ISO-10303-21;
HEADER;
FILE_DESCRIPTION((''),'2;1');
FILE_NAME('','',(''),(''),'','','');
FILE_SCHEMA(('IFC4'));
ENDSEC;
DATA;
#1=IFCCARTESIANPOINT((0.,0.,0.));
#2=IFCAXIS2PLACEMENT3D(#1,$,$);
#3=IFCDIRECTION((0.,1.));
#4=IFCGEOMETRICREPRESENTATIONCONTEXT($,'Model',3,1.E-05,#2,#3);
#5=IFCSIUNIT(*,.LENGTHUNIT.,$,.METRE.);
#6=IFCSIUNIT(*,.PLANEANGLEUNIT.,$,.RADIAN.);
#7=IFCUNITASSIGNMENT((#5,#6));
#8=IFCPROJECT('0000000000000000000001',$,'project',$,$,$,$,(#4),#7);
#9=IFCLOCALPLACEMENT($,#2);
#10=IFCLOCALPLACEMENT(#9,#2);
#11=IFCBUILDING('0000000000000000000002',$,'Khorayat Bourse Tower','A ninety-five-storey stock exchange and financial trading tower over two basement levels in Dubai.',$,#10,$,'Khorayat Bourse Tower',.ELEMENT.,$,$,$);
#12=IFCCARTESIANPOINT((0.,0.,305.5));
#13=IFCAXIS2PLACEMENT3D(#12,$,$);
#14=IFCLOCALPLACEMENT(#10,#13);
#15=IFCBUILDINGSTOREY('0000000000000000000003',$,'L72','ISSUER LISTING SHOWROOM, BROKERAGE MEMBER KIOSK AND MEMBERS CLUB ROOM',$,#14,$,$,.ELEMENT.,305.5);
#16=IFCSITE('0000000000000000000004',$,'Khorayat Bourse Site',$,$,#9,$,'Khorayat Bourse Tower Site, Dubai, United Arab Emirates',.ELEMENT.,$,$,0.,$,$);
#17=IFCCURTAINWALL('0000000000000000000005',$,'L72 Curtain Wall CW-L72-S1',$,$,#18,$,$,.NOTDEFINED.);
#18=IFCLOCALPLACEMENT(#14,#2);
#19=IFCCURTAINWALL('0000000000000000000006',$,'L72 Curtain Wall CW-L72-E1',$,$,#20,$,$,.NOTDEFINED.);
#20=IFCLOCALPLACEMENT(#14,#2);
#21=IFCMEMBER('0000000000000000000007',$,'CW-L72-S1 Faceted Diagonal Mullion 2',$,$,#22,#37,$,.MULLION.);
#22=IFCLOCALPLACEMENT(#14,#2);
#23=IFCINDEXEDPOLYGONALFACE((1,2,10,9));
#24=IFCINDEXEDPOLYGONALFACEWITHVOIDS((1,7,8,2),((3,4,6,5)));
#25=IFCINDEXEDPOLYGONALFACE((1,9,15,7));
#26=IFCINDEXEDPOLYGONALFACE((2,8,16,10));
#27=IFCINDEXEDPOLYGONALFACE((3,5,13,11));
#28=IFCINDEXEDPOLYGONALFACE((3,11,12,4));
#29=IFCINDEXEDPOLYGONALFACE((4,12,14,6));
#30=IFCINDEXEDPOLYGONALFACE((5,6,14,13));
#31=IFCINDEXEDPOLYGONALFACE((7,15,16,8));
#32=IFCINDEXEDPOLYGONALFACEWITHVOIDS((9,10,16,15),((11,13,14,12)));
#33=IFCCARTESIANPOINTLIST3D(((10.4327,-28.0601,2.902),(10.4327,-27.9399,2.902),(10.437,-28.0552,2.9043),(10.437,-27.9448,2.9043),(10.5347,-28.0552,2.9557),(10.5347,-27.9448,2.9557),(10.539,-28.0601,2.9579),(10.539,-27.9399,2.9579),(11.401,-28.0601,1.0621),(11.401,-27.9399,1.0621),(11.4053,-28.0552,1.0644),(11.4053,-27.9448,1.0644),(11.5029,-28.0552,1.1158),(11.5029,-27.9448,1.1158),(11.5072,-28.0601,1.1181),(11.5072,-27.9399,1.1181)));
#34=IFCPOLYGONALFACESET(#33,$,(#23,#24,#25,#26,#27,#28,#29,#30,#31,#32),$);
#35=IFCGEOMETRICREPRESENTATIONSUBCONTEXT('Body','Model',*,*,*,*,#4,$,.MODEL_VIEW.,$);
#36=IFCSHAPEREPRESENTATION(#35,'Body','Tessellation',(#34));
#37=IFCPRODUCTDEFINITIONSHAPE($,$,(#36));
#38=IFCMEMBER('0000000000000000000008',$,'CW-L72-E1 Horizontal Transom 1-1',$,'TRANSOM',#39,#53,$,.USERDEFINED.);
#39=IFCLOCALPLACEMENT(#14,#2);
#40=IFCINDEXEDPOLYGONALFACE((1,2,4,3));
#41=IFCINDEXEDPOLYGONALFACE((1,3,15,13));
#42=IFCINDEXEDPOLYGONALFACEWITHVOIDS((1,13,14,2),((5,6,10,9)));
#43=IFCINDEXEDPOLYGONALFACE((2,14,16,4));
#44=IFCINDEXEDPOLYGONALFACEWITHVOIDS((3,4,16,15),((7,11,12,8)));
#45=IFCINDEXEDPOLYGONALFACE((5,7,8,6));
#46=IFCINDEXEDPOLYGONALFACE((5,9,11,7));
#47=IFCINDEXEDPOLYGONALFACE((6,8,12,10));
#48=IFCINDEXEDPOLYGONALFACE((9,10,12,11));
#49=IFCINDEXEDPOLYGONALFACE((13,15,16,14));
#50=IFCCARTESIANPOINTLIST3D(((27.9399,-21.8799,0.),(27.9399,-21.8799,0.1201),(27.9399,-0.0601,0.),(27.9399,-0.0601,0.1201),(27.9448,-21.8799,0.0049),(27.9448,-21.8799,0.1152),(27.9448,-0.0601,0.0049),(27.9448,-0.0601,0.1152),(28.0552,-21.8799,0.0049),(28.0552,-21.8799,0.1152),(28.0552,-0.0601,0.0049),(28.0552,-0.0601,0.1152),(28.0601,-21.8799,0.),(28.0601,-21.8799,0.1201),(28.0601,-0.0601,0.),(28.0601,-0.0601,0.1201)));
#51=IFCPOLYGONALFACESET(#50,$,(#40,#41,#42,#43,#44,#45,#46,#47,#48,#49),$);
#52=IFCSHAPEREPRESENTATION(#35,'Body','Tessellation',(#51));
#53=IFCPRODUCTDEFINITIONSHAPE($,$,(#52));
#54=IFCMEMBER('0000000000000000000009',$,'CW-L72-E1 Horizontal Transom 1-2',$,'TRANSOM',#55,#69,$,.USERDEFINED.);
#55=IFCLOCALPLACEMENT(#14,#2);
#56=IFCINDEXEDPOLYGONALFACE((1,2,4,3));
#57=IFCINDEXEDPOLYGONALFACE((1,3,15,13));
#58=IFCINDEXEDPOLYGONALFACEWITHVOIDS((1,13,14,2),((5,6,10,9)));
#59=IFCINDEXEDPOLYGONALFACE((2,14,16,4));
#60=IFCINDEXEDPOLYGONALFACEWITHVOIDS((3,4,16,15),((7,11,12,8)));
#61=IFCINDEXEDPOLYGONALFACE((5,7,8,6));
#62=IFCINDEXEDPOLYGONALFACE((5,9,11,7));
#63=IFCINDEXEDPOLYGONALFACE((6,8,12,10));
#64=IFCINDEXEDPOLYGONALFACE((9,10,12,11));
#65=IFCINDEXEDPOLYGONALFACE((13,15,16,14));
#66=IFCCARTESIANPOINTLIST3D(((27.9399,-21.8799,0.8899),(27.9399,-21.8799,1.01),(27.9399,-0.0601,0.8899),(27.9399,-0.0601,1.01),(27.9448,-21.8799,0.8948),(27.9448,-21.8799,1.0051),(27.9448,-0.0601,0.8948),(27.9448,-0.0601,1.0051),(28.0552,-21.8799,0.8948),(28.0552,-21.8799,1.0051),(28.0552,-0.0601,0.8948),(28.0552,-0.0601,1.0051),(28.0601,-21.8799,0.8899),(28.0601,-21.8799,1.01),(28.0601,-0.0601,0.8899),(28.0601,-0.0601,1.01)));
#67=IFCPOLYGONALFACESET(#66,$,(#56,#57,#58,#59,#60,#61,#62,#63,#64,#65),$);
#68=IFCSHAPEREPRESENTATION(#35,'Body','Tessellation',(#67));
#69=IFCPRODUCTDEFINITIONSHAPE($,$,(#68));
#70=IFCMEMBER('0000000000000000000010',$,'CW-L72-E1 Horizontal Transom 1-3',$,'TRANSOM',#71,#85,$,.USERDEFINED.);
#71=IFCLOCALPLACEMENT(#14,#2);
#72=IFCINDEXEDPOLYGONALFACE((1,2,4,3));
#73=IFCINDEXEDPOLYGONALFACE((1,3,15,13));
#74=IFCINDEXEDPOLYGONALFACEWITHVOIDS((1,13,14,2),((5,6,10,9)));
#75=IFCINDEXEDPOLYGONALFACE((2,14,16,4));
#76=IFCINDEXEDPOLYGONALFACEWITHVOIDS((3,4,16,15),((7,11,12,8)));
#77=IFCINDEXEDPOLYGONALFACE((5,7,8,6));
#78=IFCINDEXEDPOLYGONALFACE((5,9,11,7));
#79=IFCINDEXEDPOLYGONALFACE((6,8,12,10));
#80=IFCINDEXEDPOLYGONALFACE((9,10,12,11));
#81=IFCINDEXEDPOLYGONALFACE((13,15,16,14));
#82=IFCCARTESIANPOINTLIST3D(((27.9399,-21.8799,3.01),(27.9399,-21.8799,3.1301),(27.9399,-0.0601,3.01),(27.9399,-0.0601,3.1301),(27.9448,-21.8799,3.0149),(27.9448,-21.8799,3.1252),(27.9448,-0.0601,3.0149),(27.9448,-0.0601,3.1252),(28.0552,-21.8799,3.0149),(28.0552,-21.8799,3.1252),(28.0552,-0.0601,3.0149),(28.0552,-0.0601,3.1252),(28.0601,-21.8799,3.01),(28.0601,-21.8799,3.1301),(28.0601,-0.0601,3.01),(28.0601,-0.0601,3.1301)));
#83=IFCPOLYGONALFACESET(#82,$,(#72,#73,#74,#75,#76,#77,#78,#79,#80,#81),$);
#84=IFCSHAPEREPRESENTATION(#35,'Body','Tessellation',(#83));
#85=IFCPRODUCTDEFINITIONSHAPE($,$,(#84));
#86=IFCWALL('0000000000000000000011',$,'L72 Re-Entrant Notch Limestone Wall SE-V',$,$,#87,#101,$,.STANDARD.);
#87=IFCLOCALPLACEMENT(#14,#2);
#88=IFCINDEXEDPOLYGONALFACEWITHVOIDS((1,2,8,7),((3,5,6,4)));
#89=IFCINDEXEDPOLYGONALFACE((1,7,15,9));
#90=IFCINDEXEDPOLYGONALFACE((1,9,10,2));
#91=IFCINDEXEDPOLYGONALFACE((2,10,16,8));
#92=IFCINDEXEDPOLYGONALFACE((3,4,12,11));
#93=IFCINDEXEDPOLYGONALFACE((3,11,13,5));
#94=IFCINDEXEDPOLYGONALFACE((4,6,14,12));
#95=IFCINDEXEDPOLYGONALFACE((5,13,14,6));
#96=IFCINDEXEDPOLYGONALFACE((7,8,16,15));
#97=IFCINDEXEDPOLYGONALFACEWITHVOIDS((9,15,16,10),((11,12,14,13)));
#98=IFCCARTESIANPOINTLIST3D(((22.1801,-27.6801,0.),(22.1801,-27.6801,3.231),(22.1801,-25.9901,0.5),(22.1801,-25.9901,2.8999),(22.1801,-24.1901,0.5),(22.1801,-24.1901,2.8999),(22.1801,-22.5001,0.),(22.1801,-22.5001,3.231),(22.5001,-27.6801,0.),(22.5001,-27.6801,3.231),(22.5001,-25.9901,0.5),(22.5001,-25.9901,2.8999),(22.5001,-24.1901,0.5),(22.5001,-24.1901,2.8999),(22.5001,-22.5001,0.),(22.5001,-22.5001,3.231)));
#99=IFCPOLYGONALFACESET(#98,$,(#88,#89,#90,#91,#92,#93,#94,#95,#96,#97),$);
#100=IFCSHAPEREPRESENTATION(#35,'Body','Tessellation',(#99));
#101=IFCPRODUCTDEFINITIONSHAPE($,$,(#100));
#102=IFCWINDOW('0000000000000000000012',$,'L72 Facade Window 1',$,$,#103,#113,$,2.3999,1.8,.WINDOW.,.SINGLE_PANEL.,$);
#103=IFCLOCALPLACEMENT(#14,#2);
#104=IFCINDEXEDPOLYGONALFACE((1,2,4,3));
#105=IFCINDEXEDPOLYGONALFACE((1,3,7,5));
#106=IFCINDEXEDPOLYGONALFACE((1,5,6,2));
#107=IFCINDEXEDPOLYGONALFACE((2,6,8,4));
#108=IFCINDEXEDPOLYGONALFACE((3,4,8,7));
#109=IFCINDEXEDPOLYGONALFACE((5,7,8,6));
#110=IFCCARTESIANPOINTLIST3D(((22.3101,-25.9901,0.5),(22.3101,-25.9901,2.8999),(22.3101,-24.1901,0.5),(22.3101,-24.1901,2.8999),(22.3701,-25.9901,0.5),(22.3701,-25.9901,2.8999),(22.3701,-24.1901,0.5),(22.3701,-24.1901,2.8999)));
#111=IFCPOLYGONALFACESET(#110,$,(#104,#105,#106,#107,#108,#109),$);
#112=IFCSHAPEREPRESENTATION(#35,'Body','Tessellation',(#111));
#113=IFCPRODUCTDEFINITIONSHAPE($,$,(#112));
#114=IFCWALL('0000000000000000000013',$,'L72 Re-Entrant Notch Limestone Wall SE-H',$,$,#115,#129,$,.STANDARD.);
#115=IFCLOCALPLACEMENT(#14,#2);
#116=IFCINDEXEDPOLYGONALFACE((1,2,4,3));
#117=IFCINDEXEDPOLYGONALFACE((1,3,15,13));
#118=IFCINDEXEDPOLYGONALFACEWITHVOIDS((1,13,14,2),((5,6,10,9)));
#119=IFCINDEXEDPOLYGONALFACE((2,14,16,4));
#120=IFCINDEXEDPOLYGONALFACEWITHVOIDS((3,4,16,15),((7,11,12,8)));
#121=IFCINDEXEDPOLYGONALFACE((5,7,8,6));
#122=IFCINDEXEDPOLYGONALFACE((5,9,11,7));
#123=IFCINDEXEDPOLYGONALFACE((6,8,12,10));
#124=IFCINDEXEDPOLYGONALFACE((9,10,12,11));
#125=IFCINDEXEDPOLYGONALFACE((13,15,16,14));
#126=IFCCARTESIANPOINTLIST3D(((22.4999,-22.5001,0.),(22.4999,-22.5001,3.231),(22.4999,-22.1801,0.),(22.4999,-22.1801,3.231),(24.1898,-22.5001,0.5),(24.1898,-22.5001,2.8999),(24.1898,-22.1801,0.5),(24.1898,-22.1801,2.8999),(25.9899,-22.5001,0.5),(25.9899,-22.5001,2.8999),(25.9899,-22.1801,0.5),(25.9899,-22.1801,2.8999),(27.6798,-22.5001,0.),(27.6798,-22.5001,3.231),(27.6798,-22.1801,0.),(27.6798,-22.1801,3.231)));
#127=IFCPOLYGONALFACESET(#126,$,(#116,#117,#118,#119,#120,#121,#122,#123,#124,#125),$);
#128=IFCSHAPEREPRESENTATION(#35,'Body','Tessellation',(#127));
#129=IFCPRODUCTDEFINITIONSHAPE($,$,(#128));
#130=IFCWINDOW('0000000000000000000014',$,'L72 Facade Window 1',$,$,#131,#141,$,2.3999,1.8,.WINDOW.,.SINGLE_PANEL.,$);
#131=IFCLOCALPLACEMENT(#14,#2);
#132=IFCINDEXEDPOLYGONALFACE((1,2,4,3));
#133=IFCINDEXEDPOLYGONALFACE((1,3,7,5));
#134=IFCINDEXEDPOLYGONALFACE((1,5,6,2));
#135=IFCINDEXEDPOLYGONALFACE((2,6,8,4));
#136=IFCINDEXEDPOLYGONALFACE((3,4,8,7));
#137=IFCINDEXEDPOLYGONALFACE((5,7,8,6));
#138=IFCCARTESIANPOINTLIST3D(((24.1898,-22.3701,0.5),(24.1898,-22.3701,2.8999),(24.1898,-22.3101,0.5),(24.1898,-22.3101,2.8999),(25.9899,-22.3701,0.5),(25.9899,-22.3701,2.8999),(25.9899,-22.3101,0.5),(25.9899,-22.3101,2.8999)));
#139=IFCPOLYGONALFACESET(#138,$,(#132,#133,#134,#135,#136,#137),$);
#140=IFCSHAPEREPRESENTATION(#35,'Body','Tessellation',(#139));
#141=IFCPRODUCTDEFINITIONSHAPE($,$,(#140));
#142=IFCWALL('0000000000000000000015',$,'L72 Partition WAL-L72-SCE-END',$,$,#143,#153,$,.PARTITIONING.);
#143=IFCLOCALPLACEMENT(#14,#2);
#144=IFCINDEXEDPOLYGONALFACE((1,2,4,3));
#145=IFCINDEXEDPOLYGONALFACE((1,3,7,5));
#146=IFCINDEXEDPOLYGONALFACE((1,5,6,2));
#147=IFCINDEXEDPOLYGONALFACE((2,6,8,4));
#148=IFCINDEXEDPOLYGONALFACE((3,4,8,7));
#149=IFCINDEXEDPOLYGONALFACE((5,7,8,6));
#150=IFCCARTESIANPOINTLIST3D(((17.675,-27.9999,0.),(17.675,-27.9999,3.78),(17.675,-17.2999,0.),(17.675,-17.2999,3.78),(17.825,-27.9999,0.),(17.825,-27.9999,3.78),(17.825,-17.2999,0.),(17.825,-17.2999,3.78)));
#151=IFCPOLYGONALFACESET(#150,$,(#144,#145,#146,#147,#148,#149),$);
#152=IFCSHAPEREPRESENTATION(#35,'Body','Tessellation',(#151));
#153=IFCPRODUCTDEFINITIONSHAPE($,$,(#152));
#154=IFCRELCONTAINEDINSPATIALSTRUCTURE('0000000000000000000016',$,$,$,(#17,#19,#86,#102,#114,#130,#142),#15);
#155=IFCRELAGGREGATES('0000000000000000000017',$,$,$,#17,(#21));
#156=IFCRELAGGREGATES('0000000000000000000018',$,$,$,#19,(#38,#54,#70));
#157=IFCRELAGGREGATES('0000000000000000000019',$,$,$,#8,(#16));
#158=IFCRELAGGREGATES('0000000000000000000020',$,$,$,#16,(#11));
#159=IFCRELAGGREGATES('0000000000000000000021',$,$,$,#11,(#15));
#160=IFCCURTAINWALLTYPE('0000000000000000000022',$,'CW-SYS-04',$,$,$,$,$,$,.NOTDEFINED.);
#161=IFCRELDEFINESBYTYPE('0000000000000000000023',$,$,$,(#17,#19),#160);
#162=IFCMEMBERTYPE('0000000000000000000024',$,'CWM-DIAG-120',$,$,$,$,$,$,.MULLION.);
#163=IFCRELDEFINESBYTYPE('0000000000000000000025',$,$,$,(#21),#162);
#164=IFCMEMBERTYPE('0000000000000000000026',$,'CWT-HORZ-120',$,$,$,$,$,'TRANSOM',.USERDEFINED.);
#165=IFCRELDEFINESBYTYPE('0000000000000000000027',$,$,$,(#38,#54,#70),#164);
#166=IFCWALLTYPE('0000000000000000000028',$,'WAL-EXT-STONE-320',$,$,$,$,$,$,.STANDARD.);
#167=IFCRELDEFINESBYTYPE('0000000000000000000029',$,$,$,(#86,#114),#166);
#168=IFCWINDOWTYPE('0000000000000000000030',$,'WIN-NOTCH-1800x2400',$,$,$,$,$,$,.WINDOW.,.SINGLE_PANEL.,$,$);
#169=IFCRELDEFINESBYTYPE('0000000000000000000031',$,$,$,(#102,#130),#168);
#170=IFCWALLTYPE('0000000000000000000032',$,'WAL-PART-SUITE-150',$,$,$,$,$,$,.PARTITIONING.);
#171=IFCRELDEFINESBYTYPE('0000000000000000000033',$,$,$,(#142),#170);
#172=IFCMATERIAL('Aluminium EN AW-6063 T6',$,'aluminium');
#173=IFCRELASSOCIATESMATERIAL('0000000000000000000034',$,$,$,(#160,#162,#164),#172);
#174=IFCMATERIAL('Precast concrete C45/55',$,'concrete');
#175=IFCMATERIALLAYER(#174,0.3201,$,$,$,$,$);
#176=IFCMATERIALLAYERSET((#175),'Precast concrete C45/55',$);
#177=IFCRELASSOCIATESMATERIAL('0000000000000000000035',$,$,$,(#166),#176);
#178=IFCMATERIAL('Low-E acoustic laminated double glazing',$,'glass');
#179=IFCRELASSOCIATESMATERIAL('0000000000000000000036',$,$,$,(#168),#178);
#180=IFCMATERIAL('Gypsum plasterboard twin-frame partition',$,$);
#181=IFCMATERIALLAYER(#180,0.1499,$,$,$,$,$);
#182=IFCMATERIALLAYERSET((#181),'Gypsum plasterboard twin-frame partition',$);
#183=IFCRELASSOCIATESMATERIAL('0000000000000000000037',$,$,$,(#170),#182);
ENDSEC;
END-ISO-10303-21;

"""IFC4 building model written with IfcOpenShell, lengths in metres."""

from ifc_helpers import new_model, si_unit, direction, frame, frame_2d, origin, origin_2d, place, context, subcontext, project, spatial, rectangle, hollow_rectangle, extrude, source, transform, mapped, material, layer, layer_set, material_profile, profile_set, type_object, element, fill, aggregate, save


model = new_model("IFC4")

# Units and contexts
model_context = context("Model", 3, precision=1e-05, world=origin(), true_north=direction((0.0, 1.0)))
body_context = subcontext(model_context, "Body", "Model", "MODEL_VIEW")
ifc_project = project(units=[si_unit("LENGTHUNIT", "METRE"), si_unit("PLANEANGLEUNIT", "RADIAN")], contexts=[model_context])

# Site, building, storey
site_placement = place(None, origin())
site = spatial("IfcSite", under=ifc_project, at=site_placement, Name="Khorayat Bourse Site", LongName="Khorayat Bourse Tower Site, Dubai, United Arab Emirates", CompositionType="ELEMENT", RefElevation=0.0)
building_placement = place(site_placement, origin())
building = spatial("IfcBuilding", under=site, at=building_placement, Name="Khorayat Bourse Tower", Description="A ninety-five-storey stock exchange and financial trading tower over two basement levels in Dubai.", LongName="Khorayat Bourse Tower", CompositionType="ELEMENT")
storey_placement = place(building_placement, frame((0.0, 0.0, 305.5)))
storey = spatial("IfcBuildingStorey", under=building, at=storey_placement, Name="L72", Description="ISSUER LISTING SHOWROOM, BROKERAGE MEMBER KIOSK AND MEMBERS CLUB ROOM", CompositionType="ELEMENT", Elevation=305.5)

# Curtain walls
ifc_material_1 = material(Name="Aluminium EN AW-6063 T6", Category="aluminium")
curtain_wall_type = type_object("IfcCurtainWallType", Name="CW-SYS-04", PredefinedType="NOTDEFINED", material=ifc_material_1)
curtain_wall_1_placement = place(storey_placement, origin())
curtain_wall_1 = element("IfcCurtainWall", 1, at=curtain_wall_1_placement, inside=storey, type_object=curtain_wall_type, Name="L72 Curtain Wall CW-L72-S1", PredefinedType="NOTDEFINED")
curtain_wall_2_placement = place(storey_placement, origin())
curtain_wall_2 = element("IfcCurtainWall", 2, at=curtain_wall_2_placement, inside=storey, type_object=curtain_wall_type, Name="L72 Curtain Wall CW-L72-E1", PredefinedType="NOTDEFINED")

# Members
ifc_material_profile_1 = material_profile(ifc_material_1, hollow_rectangle(XDim=0.1201, YDim=0.1201, WallThickness=0.0049, at=origin_2d()), Name="ALU 120x120x5")
ifc_profile_set_1 = profile_set([ifc_material_profile_1], Name="Aluminium EN AW-6063 T6")
member_type_1 = type_object("IfcMemberType", Name="CWM-DIAG-120", PredefinedType="MULLION", material=ifc_profile_set_1)
shared_shape_1 = source(origin(), body_context, "Body", "SweptSolid", [
    extrude(hollow_rectangle(XDim=0.1201, YDim=0.1201, WallThickness=0.0049, at=origin_2d()), origin(), (0.0, 0.0, 1.0), 2.0791),
])
member_1_placement = place(storey_placement, frame((11.4541, -28.0, 1.0901), z_axis=(-0.465717, 0.0, 0.884934), x_axis=(0.0, -1.0, 0.0)))
member_1 = element("IfcMember", 3, at=member_1_placement, type_object=member_type_1, Name="CW-L72-S1 Faceted Diagonal Mullion 2", PredefinedType="MULLION", context=body_context, shape_type="MappedRepresentation", body=[
    mapped(shared_shape_1, transform((0.0, 0.0, 0.0), scale=1.0)),
])
aggregate(curtain_wall_1, [member_1])
ifc_material_profile_2 = material_profile(ifc_material_1, hollow_rectangle(XDim=0.1201, YDim=0.1201, WallThickness=0.0049, at=origin_2d()), Name="ALU 120x120x5")
ifc_profile_set_2 = profile_set([ifc_material_profile_2], Name="Aluminium EN AW-6063 T6")
member_type_2 = type_object("IfcMemberType", Name="CWT-HORZ-120", ElementType="TRANSOM", PredefinedType="USERDEFINED", material=ifc_profile_set_2)
shared_shape_2 = source(origin(), body_context, "Body", "SweptSolid", [
    extrude(hollow_rectangle(XDim=0.1201, YDim=0.1201, WallThickness=0.0049, at=origin_2d()), origin(), (0.0, 0.0, 1.0), 21.8198),
])
member_2_placement = place(storey_placement, frame((28.0, -21.8799, 0.0601), z_axis=(0.0, 1.0, 0.0), x_axis=(-1.0, 0.0, 0.0)))
member_2 = element("IfcMember", 4, at=member_2_placement, type_object=member_type_2, Name="CW-L72-E1 Horizontal Transom 1-1", ObjectType="TRANSOM", PredefinedType="USERDEFINED", context=body_context, shape_type="MappedRepresentation", body=[
    mapped(shared_shape_2, transform((0.0, 0.0, 0.0), scale=1.0)),
])
member_3_placement = place(storey_placement, frame((28.0, -21.8799, 0.95), z_axis=(0.0, 1.0, 0.0), x_axis=(-1.0, 0.0, 0.0)))
member_3 = element("IfcMember", 5, at=member_3_placement, type_object=member_type_2, Name="CW-L72-E1 Horizontal Transom 1-2", ObjectType="TRANSOM", PredefinedType="USERDEFINED", context=body_context, shape_type="MappedRepresentation", body=[
    mapped(shared_shape_2, transform((0.0, 0.0, 0.0), scale=1.0)),
])
member_4_placement = place(storey_placement, frame((28.0, -21.8799, 3.0701), z_axis=(0.0, 1.0, 0.0), x_axis=(-1.0, 0.0, 0.0)))
member_4 = element("IfcMember", 6, at=member_4_placement, type_object=member_type_2, Name="CW-L72-E1 Horizontal Transom 1-3", ObjectType="TRANSOM", PredefinedType="USERDEFINED", context=body_context, shape_type="MappedRepresentation", body=[
    mapped(shared_shape_2, transform((0.0, 0.0, 0.0), scale=1.0)),
])
aggregate(curtain_wall_2, [member_2, member_3, member_4])

# Walls, openings, windows
ifc_material_2 = material(Name="Precast concrete C45/55", Category="concrete")
ifc_layer_1 = layer(ifc_material_2, 0.3201)
ifc_layer_set_1 = layer_set([ifc_layer_1], Name="Precast concrete C45/55")
wall_type_1 = type_object("IfcWallType", Name="WAL-EXT-STONE-320", PredefinedType="STANDARD", material=ifc_layer_set_1)
shared_shape_3 = source(origin(), body_context, "Body", "SweptSolid", [
    extrude(rectangle(XDim=5.1799, YDim=0.3201, at=frame_2d((2.5898, 0.0))), origin(), (0.0, 0.0, 1.0), 3.231),
])
wall_1_placement = place(storey_placement, frame((22.3401, -27.6799, 0.0), z_axis=(0.0, 0.0, 1.0), x_axis=(0.0, 1.0, 0.0)))
wall_1 = element("IfcWall", 7, at=wall_1_placement, inside=storey, type_object=wall_type_1, Name="L72 Re-Entrant Notch Limestone Wall SE-V", PredefinedType="STANDARD", context=body_context, shape_type="MappedRepresentation", body=[
    mapped(shared_shape_3, transform((0.0, 0.0, 0.0), scale=1.0)),
])
shared_shape_4 = source(origin(), body_context, "Body", "SweptSolid", [
    extrude(rectangle(XDim=1.8, YDim=2.3999, at=frame_2d((0.8999, 1.2))), frame((0.0, 0.1699, 0.0), z_axis=(0.0, -1.0, 0.0), x_axis=(1.0, 0.0, 0.0)), (0.0, 0.0, 1.0), 0.3401),
])
opening_1_placement = place(wall_1_placement, frame((1.6899, 0.0, 0.5)))
opening_1 = element("IfcOpeningElement", 8, at=opening_1_placement, cuts=wall_1, PredefinedType="OPENING", context=body_context, shape_type="MappedRepresentation", body=[
    mapped(shared_shape_4, transform((0.0, 0.0, 0.0), scale=1.0)),
])
ifc_material_3 = material(Name="Low-E acoustic laminated double glazing", Category="glass")
window_type = type_object("IfcWindowType", Name="WIN-NOTCH-1800x2400", PartitioningType="SINGLE_PANEL", PredefinedType="WINDOW", material=ifc_material_3)
shared_shape_5 = source(origin(), body_context, "Body", "SweptSolid", [
    extrude(rectangle(XDim=1.8, YDim=2.3999, at=frame_2d((0.8999, 1.2))), frame((0.0, 0.03, 0.0), z_axis=(0.0, -1.0, 0.0), x_axis=(1.0, 0.0, 0.0)), (0.0, 0.0, 1.0), 0.0601),
])
window_1_placement = place(opening_1_placement, origin())
window_1 = element("IfcWindow", 9, at=window_1_placement, inside=storey, type_object=window_type, Name="L72 Facade Window 1", OverallHeight=2.3999, OverallWidth=1.8, PartitioningType="SINGLE_PANEL", PredefinedType="WINDOW", context=body_context, shape_type="MappedRepresentation", body=[
    mapped(shared_shape_5, transform((0.0, 0.0, 0.0), scale=1.0)),
])
fill(opening_1, window_1)
wall_2_placement = place(storey_placement, frame((22.5, -22.3401, 0.0), z_axis=(0.0, 0.0, 1.0), x_axis=(1.0, 0.0, 0.0)))
wall_2 = element("IfcWall", 10, at=wall_2_placement, inside=storey, type_object=wall_type_1, Name="L72 Re-Entrant Notch Limestone Wall SE-H", PredefinedType="STANDARD", context=body_context, shape_type="MappedRepresentation", body=[
    mapped(shared_shape_3, transform((0.0, 0.0, 0.0), scale=1.0)),
])
opening_2_placement = place(wall_2_placement, frame((1.6899, 0.0, 0.5)))
opening_2 = element("IfcOpeningElement", 11, at=opening_2_placement, cuts=wall_2, PredefinedType="OPENING", context=body_context, shape_type="MappedRepresentation", body=[
    mapped(shared_shape_4, transform((0.0, 0.0, 0.0), scale=1.0)),
])
window_2_placement = place(opening_2_placement, origin())
window_2 = element("IfcWindow", 12, at=window_2_placement, inside=storey, type_object=window_type, Name="L72 Facade Window 1", OverallHeight=2.3999, OverallWidth=1.8, PartitioningType="SINGLE_PANEL", PredefinedType="WINDOW", context=body_context, shape_type="MappedRepresentation", body=[
    mapped(shared_shape_5, transform((0.0, 0.0, 0.0), scale=1.0)),
])
fill(opening_2, window_2)

# Wall
ifc_material_4 = material(Name="Gypsum plasterboard twin-frame partition")
ifc_layer_2 = layer(ifc_material_4, 0.1499)
ifc_layer_set_2 = layer_set([ifc_layer_2], Name="Gypsum plasterboard twin-frame partition")
wall_type_2 = type_object("IfcWallType", Name="WAL-PART-SUITE-150", PredefinedType="PARTITIONING", material=ifc_layer_set_2)
shared_shape_6 = source(origin(), body_context, "Body", "SweptSolid", [
    extrude(rectangle(XDim=10.7, YDim=0.1499, at=frame_2d((5.3501, 0.0))), origin(), (0.0, 0.0, 1.0), 3.78),
])
wall_3_placement = place(storey_placement, frame((17.75, -28.0, 0.0), z_axis=(0.0, 0.0, 1.0), x_axis=(0.0, 1.0, 0.0)))
element("IfcWall", 13, at=wall_3_placement, inside=storey, type_object=wall_type_2, Name="L72 Partition WAL-L72-SCE-END", PredefinedType="PARTITIONING", context=body_context, shape_type="MappedRepresentation", body=[
    mapped(shared_shape_6, transform((0.0, 0.0, 0.0), scale=1.0)),
])

save(model, "model.ifc")
